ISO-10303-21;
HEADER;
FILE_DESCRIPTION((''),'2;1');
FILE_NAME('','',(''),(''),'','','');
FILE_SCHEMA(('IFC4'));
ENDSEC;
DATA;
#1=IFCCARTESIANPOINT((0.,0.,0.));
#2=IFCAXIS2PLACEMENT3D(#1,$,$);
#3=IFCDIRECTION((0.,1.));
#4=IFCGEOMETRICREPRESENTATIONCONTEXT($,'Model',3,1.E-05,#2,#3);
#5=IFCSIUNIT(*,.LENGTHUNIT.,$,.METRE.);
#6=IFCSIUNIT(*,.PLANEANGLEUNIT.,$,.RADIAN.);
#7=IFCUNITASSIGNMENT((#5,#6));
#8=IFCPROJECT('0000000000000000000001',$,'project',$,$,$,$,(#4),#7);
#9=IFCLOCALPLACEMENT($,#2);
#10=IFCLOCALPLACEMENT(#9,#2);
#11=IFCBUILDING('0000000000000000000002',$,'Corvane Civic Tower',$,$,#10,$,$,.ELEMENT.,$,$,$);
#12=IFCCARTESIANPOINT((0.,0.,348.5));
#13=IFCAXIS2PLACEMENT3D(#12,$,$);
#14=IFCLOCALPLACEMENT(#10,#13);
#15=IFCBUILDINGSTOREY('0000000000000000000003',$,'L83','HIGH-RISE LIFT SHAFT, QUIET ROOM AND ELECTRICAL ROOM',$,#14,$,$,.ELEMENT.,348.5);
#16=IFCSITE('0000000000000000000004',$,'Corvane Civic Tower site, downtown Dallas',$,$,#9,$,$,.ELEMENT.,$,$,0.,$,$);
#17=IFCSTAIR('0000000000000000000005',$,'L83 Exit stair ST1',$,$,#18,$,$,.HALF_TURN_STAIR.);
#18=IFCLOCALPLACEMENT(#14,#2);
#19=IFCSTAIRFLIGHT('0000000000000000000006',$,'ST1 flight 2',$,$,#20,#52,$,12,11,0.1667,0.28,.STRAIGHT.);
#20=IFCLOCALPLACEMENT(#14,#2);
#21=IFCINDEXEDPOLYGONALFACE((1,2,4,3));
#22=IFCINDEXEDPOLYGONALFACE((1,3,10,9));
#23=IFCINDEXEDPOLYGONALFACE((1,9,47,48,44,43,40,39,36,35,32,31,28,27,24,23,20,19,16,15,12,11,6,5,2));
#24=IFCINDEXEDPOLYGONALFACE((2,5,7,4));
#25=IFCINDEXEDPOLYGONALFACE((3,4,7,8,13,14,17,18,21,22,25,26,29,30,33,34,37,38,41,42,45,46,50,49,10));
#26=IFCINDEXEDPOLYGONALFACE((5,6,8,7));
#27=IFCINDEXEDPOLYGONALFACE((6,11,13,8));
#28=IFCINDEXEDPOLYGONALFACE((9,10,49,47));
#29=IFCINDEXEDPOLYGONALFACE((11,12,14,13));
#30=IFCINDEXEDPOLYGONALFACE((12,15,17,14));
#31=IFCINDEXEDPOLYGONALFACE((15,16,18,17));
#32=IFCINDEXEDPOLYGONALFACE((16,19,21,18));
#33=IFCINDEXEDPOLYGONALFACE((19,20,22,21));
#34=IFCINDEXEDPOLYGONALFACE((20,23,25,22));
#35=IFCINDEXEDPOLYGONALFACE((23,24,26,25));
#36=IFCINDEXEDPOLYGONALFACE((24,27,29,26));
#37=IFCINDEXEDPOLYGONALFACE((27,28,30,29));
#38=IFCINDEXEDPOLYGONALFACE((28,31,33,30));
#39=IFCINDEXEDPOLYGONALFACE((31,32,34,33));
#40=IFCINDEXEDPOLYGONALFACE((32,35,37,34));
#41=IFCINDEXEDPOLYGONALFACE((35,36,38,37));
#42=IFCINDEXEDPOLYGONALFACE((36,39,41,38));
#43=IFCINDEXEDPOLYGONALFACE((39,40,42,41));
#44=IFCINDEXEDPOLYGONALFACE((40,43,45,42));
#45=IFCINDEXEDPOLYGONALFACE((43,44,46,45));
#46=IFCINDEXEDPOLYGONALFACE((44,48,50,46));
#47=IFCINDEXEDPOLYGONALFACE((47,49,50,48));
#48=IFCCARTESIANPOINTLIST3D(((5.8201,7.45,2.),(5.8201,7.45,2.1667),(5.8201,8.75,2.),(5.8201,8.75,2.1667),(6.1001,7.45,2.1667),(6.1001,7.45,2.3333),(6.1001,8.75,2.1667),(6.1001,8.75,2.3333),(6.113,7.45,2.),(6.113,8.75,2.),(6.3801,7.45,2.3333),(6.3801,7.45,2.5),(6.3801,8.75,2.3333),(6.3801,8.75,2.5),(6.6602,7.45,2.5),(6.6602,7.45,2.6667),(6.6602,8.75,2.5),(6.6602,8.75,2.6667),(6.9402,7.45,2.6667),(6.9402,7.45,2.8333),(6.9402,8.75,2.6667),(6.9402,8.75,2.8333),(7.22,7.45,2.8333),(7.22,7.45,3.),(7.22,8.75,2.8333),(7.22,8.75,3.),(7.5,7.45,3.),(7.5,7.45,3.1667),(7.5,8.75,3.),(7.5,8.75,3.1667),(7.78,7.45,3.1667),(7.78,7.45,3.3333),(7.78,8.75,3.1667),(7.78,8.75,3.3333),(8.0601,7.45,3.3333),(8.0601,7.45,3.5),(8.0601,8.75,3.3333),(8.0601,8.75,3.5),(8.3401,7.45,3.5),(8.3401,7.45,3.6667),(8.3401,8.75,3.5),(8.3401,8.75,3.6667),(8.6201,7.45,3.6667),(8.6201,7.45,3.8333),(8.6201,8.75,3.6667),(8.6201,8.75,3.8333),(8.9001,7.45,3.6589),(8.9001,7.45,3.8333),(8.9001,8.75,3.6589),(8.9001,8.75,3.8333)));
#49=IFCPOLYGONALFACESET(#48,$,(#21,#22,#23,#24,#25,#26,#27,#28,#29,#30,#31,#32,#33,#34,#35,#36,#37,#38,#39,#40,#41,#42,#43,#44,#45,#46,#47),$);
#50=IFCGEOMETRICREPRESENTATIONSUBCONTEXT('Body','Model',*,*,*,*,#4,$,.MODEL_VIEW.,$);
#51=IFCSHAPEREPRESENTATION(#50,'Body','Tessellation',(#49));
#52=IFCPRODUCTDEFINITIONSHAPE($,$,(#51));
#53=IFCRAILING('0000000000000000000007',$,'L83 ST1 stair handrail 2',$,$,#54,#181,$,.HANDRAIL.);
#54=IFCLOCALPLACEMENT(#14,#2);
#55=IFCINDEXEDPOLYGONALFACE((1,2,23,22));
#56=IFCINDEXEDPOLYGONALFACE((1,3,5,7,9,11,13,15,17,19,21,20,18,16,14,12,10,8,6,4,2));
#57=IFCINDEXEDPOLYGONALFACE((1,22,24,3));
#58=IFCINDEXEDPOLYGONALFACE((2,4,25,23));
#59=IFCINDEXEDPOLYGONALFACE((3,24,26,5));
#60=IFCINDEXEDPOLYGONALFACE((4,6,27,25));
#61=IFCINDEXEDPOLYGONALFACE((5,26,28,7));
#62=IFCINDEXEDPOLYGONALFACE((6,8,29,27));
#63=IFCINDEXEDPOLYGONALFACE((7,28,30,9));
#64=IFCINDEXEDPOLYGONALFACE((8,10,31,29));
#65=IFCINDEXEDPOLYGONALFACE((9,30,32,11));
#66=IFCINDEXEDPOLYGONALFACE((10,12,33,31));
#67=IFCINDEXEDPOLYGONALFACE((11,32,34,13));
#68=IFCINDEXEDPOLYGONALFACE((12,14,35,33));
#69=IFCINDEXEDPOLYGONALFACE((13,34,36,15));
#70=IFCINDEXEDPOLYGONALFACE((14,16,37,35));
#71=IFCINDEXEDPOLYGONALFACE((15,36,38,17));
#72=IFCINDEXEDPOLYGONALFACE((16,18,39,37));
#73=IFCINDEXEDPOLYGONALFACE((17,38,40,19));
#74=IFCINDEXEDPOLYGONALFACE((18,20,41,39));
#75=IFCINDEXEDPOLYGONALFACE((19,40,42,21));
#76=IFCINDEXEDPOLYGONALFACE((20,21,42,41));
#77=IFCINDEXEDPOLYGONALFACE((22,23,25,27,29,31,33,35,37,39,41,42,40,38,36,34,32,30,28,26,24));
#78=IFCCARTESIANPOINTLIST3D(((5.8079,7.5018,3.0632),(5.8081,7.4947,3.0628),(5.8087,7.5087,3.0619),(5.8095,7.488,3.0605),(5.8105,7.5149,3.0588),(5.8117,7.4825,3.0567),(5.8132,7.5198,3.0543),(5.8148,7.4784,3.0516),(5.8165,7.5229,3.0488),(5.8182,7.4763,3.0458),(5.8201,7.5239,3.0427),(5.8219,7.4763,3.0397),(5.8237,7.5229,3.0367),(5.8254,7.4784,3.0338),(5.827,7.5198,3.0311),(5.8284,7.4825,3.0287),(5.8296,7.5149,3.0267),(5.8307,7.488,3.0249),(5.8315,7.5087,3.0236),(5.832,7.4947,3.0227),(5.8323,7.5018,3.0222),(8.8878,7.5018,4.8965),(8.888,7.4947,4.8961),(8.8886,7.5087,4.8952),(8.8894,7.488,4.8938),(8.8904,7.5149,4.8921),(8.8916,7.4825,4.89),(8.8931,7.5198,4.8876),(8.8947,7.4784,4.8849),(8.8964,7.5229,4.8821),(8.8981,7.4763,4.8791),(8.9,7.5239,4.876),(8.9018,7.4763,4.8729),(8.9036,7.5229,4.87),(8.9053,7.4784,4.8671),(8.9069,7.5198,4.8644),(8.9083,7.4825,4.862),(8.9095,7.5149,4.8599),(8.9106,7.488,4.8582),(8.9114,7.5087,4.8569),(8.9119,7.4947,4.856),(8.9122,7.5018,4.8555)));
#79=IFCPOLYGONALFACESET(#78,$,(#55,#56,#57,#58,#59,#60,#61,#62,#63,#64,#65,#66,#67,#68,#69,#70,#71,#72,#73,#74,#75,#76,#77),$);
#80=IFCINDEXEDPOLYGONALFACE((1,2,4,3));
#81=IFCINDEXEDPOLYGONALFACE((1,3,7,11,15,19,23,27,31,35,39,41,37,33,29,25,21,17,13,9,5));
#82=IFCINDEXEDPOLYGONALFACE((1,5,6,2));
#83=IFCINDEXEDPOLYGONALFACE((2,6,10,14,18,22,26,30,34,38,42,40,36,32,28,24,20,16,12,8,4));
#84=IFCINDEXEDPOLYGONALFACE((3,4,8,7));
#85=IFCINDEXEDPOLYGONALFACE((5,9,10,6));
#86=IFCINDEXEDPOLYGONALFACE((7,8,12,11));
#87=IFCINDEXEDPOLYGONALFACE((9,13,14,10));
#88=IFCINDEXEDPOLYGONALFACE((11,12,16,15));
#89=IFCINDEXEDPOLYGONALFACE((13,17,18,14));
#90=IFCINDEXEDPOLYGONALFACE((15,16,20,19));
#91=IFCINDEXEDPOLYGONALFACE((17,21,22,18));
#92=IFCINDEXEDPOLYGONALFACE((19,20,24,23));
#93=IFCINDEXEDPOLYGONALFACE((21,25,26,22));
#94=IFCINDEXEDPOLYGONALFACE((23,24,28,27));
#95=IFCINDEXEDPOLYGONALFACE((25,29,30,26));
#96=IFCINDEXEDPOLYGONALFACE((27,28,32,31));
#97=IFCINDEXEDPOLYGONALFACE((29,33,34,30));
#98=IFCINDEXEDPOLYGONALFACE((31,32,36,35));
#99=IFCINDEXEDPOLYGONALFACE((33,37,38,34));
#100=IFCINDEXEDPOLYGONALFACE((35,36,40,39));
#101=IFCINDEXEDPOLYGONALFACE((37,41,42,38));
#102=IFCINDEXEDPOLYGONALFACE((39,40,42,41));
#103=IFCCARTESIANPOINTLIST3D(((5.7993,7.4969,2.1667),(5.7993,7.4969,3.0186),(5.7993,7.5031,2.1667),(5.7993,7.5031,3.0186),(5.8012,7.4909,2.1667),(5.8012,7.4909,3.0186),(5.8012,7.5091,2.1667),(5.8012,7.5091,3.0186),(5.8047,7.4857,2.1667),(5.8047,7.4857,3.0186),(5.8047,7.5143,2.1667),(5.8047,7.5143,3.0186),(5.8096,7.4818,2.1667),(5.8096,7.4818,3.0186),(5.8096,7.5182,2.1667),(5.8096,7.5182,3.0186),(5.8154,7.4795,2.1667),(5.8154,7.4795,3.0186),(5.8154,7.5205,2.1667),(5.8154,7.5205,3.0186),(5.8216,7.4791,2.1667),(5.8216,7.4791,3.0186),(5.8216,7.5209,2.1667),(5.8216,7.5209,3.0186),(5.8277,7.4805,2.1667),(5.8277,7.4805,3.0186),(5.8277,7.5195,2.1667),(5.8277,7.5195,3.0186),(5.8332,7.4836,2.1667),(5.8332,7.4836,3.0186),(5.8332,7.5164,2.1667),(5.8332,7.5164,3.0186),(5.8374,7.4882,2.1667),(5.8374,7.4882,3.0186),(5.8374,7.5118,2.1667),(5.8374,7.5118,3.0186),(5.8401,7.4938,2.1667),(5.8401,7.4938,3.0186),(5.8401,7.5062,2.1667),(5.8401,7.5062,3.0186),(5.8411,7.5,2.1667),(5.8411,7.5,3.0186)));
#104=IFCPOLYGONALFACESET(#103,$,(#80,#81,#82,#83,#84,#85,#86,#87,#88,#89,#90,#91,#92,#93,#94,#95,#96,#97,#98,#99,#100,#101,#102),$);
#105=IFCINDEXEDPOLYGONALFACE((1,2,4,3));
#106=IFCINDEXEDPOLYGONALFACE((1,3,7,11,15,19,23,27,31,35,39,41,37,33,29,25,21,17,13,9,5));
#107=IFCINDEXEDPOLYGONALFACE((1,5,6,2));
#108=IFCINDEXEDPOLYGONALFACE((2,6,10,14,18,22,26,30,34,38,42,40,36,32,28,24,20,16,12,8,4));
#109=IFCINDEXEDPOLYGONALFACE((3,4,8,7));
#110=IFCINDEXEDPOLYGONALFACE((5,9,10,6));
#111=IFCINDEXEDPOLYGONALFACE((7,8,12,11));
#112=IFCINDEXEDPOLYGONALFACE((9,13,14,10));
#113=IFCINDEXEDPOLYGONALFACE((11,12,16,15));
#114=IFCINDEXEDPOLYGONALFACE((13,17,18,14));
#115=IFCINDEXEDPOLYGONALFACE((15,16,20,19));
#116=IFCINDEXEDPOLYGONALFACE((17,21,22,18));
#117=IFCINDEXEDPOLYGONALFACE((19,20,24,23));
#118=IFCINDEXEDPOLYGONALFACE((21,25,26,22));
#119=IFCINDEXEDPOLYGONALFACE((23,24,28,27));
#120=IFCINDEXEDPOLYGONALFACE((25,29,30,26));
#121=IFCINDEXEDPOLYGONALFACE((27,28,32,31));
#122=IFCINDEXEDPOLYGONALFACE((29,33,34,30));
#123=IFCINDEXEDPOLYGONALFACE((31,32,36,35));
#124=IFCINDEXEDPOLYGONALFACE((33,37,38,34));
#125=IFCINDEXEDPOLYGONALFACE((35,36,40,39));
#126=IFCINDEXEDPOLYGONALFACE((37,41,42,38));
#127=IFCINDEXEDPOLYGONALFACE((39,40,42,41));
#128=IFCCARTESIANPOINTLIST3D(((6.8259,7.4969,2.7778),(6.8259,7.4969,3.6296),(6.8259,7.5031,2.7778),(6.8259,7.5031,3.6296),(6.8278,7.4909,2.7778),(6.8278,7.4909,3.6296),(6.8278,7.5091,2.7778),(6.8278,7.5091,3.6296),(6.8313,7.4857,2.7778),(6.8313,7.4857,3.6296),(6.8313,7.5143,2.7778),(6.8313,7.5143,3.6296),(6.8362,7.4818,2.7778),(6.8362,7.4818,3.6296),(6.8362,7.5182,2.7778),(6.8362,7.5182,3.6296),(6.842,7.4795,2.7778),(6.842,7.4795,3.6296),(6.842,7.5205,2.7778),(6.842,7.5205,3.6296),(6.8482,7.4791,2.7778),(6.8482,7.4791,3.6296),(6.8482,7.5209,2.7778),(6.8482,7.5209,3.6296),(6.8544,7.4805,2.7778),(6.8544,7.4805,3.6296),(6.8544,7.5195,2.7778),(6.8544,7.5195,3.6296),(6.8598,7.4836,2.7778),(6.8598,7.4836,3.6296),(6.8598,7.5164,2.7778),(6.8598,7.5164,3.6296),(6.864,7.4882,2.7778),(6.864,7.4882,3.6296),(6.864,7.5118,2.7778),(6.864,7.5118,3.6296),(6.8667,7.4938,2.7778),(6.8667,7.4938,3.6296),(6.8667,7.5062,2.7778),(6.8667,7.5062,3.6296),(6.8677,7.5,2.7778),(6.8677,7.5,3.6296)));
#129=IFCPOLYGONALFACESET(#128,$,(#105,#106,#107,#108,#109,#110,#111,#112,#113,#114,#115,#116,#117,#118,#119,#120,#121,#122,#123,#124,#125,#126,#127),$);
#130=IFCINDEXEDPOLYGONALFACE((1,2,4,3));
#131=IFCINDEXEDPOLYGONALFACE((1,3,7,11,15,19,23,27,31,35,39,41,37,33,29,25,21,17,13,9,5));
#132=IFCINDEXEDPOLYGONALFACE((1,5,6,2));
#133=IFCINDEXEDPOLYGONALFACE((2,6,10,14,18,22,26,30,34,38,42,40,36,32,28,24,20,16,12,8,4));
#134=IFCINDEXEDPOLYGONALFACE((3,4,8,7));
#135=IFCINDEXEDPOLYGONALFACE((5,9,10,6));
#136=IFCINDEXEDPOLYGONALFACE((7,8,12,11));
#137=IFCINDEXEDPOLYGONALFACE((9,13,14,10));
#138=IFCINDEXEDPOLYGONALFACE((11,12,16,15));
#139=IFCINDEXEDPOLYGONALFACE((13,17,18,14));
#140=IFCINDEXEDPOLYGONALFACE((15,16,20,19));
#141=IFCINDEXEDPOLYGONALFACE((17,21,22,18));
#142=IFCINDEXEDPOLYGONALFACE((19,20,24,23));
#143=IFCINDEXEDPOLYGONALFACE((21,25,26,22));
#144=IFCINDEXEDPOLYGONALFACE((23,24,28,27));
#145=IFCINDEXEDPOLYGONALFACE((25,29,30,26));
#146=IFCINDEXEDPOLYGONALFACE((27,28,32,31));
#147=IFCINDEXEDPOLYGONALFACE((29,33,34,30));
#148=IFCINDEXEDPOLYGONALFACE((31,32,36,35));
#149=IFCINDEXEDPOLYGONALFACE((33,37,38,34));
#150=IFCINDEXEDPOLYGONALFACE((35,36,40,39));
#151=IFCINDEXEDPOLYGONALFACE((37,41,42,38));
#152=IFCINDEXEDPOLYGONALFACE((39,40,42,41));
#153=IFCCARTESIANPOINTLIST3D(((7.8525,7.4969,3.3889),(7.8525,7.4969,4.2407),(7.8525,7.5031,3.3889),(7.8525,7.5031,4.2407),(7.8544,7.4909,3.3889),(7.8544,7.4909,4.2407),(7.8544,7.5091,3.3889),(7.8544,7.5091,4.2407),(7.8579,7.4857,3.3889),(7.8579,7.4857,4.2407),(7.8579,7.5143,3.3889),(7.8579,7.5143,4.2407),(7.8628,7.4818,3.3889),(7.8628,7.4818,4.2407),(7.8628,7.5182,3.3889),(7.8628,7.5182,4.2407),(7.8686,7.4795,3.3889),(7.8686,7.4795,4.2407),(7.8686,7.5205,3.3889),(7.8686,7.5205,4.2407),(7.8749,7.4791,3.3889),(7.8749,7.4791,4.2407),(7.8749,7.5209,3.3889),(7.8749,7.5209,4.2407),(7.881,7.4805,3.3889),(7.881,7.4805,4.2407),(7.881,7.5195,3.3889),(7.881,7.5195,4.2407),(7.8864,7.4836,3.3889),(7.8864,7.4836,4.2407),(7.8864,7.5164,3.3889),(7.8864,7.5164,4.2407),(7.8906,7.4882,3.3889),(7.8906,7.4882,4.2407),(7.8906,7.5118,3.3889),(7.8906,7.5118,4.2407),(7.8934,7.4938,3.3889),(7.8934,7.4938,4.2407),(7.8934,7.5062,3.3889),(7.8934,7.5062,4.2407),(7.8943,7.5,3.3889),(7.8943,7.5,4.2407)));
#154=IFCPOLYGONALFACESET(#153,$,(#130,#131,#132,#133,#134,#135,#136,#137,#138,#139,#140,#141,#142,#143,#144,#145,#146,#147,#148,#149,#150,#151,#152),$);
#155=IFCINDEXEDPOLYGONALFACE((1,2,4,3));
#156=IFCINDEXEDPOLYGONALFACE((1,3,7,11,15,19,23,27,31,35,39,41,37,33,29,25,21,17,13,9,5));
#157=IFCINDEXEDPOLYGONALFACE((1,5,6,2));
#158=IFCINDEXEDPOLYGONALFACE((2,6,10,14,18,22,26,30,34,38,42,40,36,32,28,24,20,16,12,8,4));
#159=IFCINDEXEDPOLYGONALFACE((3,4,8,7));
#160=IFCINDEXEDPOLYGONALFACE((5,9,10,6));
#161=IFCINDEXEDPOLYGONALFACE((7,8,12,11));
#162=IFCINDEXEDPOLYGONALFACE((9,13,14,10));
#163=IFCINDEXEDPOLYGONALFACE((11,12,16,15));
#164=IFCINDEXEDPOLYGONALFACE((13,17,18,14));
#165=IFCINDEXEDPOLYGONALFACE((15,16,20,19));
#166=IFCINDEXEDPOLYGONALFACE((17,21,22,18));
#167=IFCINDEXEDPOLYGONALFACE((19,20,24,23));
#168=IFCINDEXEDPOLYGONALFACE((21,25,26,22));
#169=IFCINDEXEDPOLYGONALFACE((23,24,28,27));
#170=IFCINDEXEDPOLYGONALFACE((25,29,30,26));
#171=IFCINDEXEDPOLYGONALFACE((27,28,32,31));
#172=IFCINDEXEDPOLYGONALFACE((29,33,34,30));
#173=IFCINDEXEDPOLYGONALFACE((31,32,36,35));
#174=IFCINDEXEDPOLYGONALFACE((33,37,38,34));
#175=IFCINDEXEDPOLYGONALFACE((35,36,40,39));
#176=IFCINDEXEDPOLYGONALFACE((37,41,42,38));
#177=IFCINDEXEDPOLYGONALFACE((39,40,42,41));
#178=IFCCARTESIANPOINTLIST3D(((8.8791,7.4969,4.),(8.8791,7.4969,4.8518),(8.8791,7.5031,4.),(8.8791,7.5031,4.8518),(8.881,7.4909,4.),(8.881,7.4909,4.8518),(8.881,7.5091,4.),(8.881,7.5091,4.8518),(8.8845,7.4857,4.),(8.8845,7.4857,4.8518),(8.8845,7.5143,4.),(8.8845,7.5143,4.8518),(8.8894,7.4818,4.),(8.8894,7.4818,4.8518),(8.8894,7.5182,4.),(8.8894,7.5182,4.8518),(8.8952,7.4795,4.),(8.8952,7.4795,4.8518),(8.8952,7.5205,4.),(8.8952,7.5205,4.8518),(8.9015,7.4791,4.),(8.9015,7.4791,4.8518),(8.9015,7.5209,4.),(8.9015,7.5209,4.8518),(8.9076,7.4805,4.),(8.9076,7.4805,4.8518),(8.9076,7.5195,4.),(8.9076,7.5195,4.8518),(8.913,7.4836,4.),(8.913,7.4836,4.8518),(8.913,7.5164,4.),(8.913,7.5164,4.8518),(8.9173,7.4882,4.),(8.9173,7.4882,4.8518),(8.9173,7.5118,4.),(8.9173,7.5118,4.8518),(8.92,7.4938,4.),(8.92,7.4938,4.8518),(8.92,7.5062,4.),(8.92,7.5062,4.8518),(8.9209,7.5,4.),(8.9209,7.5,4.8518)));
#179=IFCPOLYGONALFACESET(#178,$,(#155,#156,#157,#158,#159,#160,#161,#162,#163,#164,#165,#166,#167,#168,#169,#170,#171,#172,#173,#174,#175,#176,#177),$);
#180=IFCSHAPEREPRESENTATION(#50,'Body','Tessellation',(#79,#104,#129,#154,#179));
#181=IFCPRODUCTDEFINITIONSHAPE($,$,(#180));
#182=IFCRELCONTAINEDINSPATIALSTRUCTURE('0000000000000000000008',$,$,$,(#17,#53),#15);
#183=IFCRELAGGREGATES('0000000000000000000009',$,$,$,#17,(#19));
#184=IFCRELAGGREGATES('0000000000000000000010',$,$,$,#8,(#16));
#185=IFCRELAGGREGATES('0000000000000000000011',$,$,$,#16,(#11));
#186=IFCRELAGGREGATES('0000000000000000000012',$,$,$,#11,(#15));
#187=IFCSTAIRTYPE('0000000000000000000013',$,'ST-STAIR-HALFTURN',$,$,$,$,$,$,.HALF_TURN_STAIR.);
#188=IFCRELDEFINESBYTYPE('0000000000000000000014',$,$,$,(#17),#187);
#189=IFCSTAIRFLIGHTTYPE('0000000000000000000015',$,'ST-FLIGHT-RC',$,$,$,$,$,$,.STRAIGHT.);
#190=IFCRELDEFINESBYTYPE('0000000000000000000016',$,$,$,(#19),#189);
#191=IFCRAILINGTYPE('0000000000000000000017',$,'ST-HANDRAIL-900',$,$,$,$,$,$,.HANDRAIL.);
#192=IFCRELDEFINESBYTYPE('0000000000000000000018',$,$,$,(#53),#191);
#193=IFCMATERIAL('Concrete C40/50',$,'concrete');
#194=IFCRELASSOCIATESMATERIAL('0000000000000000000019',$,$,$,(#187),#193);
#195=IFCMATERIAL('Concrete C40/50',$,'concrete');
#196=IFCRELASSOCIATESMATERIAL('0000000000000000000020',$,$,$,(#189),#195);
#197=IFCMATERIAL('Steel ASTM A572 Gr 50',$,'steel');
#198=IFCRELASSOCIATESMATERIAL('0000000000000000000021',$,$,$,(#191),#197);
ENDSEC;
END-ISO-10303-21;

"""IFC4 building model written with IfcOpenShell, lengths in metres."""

from ifc_helpers import new_model, si_unit, direction, frame, origin, origin_2d, place, context, subcontext, project, spatial, polyline, circle, outline, extrude, material, type_object, element, aggregate, save


model = new_model("IFC4")

# Units and contexts
model_context = context("Model", 3, precision=1e-05, world=origin(), true_north=direction((0.0, 1.0)))
body_context = subcontext(model_context, "Body", "Model", "MODEL_VIEW")
ifc_project = project(units=[si_unit("LENGTHUNIT", "METRE"), si_unit("PLANEANGLEUNIT", "RADIAN")], contexts=[model_context])

# Site, building, storey
site_placement = place(None, origin())
site = spatial("IfcSite", under=ifc_project, at=site_placement, Name="Corvane Civic Tower site, downtown Dallas", CompositionType="ELEMENT", RefElevation=0.0)
building_placement = place(site_placement, origin())
building = spatial("IfcBuilding", under=site, at=building_placement, Name="Corvane Civic Tower", CompositionType="ELEMENT")
storey_placement = place(building_placement, frame((0.0, 0.0, 348.5)))
storey = spatial("IfcBuildingStorey", under=building, at=storey_placement, Name="L83", Description="HIGH-RISE LIFT SHAFT, QUIET ROOM AND ELECTRICAL ROOM", CompositionType="ELEMENT", Elevation=348.5)

# Stair, stair flight
ifc_material_1 = material(Name="Concrete C40/50", Category="concrete")
stair_type = type_object("IfcStairType", Name="ST-STAIR-HALFTURN", PredefinedType="HALF_TURN_STAIR", material=ifc_material_1)
stair_placement = place(storey_placement, origin())
stair = element("IfcStair", 1, at=stair_placement, inside=storey, type_object=stair_type, Name="L83 Exit stair ST1", PredefinedType="HALF_TURN_STAIR")
ifc_material_2 = material(Name="Concrete C40/50", Category="concrete")
stair_flight_type = type_object("IfcStairFlightType", Name="ST-FLIGHT-RC", PredefinedType="STRAIGHT", material=ifc_material_2)
stair_flight_1_placement = place(storey_placement, frame((5.8201, 8.1001, 2.0), z_axis=(0.0, 0.0, 1.0), x_axis=(1.0, 0.0, 0.0)))
stair_flight_1 = element("IfcStairFlight", 2, at=stair_flight_1_placement, type_object=stair_flight_type, Name="ST1 flight 2", NumberOfRisers=12, NumberOfTreads=11, PredefinedType="STRAIGHT", RiserHeight=0.1667, TreadLength=0.28, context=body_context, shape_type="SweptSolid", body=[
    extrude(outline(polyline([(0.0, 0.0), (0.0, 0.1667), (0.28, 0.1667), (0.28, 0.3333), (0.5601, 0.3333), (0.5601, 0.5), (0.8401, 0.5), (0.8401, 0.6667), (1.1201, 0.6667), (1.1201, 0.8333), (1.3999, 0.8333), (1.3999, 1.0), (1.6799, 1.0), (1.6799, 1.1667), (1.96, 1.1667), (1.96, 1.3333), (2.24, 1.3333), (2.24, 1.5), (2.52, 1.5), (2.52, 1.6667), (2.8, 1.6667), (2.8, 1.8333), (3.0801, 1.8333), (3.0801, 2.0), (3.0801, 1.6589), (0.293, 0.0), (0.0, 0.0)])), frame((0.0, 0.6499, 0.0), z_axis=(0.0, -1.0, 0.0), x_axis=(1.0, 0.0, 0.0)), (0.0, 0.0, 1.0), 1.3),
])
aggregate(stair, [stair_flight_1])

# Railing
ifc_material_3 = material(Name="Steel ASTM A572 Gr 50", Category="steel")
railing_type_1 = type_object("IfcRailingType", Name="ST-HANDRAIL-900", PredefinedType="HANDRAIL", material=ifc_material_3)
railing_1_placement = place(storey_placement, frame((5.8201, 7.5, 2.1667)))
element("IfcRailing", 3, at=railing_1_placement, inside=storey, type_object=railing_type_1, Name="L83 ST1 stair handrail 2", PredefinedType="HANDRAIL", context=body_context, shape_type="SweptSolid", body=[
    extrude(circle(Radius=0.0239, at=origin_2d()), frame((0.0, 0.0, 0.876), z_axis=(0.859291, 0.0, 0.511487), x_axis=(0.0, 1.0, 0.0)), (0.0, 0.0, 1.0), 3.5842),
    extrude(circle(Radius=0.021, at=origin_2d()), origin(), (0.0, 0.0, 1.0), 0.8518),
    extrude(circle(Radius=0.021, at=origin_2d()), frame((1.0266, 0.0, 0.6111)), (0.0, 0.0, 1.0), 0.8518),
    extrude(circle(Radius=0.021, at=origin_2d()), frame((2.0532, 0.0, 1.2222)), (0.0, 0.0, 1.0), 0.8518),
    extrude(circle(Radius=0.021, at=origin_2d()), frame((3.0798, 0.0, 1.8333)), (0.0, 0.0, 1.0), 0.8518),
])

save(model, "model.ifc")
